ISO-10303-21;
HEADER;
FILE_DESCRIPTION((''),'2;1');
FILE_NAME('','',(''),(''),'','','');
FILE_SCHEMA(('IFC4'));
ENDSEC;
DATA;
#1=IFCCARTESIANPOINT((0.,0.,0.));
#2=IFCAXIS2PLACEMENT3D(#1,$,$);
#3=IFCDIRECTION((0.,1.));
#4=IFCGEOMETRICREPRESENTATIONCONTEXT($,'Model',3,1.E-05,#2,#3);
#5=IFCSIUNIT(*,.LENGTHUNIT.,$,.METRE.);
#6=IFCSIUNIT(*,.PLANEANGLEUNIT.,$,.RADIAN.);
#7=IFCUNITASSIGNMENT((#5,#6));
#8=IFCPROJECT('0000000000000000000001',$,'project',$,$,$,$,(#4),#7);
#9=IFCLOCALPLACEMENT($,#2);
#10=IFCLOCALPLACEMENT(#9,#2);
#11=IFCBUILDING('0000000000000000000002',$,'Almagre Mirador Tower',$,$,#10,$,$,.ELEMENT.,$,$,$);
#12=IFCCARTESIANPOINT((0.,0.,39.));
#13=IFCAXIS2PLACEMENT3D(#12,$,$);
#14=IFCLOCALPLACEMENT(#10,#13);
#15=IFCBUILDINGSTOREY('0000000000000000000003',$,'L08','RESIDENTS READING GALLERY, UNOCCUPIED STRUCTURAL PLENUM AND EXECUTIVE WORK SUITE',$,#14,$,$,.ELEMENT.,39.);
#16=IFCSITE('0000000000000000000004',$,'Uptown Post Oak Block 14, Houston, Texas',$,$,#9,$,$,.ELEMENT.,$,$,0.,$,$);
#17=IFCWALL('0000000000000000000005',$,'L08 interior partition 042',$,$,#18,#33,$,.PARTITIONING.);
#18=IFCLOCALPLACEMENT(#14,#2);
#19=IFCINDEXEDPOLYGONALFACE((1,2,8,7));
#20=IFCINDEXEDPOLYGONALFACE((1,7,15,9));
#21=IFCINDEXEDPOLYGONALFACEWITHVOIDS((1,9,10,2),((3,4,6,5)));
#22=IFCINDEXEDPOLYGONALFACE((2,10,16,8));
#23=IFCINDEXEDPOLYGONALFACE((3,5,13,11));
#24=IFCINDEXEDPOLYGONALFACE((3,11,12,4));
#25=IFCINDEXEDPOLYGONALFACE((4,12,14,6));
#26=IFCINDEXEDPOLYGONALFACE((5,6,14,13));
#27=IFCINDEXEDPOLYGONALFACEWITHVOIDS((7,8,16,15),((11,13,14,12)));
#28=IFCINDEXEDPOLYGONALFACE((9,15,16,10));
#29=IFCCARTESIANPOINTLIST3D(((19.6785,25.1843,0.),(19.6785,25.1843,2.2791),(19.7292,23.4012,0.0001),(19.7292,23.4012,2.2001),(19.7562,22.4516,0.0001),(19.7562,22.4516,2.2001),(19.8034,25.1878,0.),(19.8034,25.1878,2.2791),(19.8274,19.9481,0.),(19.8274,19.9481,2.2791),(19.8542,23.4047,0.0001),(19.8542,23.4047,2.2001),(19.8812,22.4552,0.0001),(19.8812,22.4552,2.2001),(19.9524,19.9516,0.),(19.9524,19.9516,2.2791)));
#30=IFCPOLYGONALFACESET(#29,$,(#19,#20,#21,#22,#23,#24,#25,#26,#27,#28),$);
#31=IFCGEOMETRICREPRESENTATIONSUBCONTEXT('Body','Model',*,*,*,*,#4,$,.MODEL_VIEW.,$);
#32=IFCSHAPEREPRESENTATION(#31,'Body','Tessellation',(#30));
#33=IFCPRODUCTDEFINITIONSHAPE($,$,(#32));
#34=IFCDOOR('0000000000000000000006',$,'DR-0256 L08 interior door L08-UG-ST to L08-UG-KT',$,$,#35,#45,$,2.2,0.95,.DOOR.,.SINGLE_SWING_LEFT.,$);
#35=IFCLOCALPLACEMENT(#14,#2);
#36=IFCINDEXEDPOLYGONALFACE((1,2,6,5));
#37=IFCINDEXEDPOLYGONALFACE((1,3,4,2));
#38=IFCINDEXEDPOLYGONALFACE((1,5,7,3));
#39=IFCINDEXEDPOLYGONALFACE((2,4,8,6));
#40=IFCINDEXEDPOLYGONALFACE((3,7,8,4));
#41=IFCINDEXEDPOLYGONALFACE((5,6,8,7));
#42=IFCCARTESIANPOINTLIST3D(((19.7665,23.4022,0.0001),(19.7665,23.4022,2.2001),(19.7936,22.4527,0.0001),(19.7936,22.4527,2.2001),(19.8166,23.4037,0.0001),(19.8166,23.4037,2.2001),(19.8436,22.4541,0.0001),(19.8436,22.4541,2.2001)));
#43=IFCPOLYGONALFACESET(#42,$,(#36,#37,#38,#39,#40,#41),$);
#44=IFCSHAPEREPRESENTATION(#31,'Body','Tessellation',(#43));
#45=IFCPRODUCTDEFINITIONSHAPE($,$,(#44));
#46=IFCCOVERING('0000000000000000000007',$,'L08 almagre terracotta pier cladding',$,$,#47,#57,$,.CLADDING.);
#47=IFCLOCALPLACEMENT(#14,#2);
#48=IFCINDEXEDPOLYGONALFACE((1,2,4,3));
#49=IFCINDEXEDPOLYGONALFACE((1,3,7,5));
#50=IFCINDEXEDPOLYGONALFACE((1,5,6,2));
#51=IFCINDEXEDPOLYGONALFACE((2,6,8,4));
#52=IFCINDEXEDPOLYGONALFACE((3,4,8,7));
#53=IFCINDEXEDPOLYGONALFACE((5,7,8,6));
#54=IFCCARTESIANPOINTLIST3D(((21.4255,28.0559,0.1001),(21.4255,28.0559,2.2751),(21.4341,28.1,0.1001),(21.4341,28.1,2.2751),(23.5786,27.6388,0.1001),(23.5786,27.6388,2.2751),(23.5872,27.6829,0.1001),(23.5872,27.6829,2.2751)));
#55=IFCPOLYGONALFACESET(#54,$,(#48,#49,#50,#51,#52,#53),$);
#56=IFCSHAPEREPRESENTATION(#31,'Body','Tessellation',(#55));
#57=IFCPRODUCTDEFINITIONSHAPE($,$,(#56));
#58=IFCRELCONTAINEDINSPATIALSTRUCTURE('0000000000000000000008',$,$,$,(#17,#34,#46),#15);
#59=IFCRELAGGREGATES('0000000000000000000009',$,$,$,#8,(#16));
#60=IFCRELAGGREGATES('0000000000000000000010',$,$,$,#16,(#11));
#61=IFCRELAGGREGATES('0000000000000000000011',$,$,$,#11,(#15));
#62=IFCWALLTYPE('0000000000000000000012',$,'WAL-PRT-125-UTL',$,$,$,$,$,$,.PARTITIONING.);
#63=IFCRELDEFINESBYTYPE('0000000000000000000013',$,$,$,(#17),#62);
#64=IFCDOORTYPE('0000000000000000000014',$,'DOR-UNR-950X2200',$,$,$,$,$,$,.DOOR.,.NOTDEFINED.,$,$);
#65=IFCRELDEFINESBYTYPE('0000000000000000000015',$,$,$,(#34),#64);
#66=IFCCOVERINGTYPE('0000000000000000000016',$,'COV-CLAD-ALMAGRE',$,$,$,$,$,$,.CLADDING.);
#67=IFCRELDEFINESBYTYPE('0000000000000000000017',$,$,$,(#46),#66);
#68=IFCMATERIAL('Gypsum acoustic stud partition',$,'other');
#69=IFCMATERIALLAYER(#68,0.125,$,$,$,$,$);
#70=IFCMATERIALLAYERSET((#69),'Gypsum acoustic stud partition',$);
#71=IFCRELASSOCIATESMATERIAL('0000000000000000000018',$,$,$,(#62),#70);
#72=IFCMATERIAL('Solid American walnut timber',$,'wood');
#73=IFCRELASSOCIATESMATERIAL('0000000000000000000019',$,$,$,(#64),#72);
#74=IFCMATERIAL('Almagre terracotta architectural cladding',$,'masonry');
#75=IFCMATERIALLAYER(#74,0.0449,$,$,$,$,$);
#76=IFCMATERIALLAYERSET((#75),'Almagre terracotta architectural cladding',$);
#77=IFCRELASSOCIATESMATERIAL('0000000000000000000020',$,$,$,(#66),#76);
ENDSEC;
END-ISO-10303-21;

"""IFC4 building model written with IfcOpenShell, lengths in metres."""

from ifc_helpers import new_model, si_unit, direction, frame, frame_2d, origin, origin_2d, place, context, subcontext, project, spatial, rectangle, extrude, material, layer, layer_set, type_object, element, fill, save


model = new_model("IFC4")

# Units and contexts
model_context = context("Model", 3, precision=1e-05, world=origin(), true_north=direction((0.0, 1.0)))
body_context = subcontext(model_context, "Body", "Model", "MODEL_VIEW")
ifc_project = project(units=[si_unit("LENGTHUNIT", "METRE"), si_unit("PLANEANGLEUNIT", "RADIAN")], contexts=[model_context])

# Site, building, storey
site_placement = place(None, origin())
site = spatial("IfcSite", under=ifc_project, at=site_placement, Name="Uptown Post Oak Block 14, Houston, Texas", CompositionType="ELEMENT", RefElevation=0.0)
building_placement = place(site_placement, origin())
building = spatial("IfcBuilding", under=site, at=building_placement, Name="Almagre Mirador Tower", CompositionType="ELEMENT")
storey_placement = place(building_placement, frame((0.0, 0.0, 39.0)))
storey = spatial("IfcBuildingStorey", under=building, at=storey_placement, Name="L08", Description="RESIDENTS READING GALLERY, UNOCCUPIED STRUCTURAL PLENUM AND EXECUTIVE WORK SUITE", CompositionType="ELEMENT", Elevation=39.0)

# Wall, opening, door
ifc_material_1 = material(Name="Gypsum acoustic stud partition", Category="other")
ifc_layer_1 = layer(ifc_material_1, 0.125)
ifc_layer_set_1 = layer_set([ifc_layer_1], Name="Gypsum acoustic stud partition")
wall_type_1 = type_object("IfcWallType", Name="WAL-PRT-125-UTL", PredefinedType="PARTITIONING", material=ifc_layer_set_1)
wall_1_placement = place(storey_placement, frame((19.741, 25.186, 0.0), z_axis=(0.0, 0.0, 1.0), x_axis=(0.028431, -0.999596, 0.0)))
wall_1 = element("IfcWall", 1, at=wall_1_placement, inside=storey, type_object=wall_type_1, Name="L08 interior partition 042", PredefinedType="PARTITIONING", context=body_context, shape_type="SweptSolid", body=[
    extrude(rectangle(XDim=5.2383, YDim=0.125, at=frame_2d((2.6191, 0.0))), origin(), (0.0, 0.0, 1.0), 2.2791),
])
opening_1_placement = place(wall_1_placement, frame((1.7837, 0.0, 0.0)))
opening_1 = element("IfcOpeningElement", 2, at=opening_1_placement, cuts=wall_1, PredefinedType="OPENING", context=body_context, shape_type="SweptSolid", body=[
    extrude(rectangle(XDim=0.95, YDim=2.2, at=frame_2d((0.4751, 1.1001))), frame((0.0, 0.0725, 0.0), z_axis=(0.0, -1.0, 0.0), x_axis=(1.0, 0.0, 0.0)), (0.0, 0.0, 1.0), 0.145),
])
ifc_material_2 = material(Name="Solid American walnut timber", Category="wood")
door_type = type_object("IfcDoorType", Name="DOR-UNR-950X2200", OperationType="NOTDEFINED", PredefinedType="DOOR", material=ifc_material_2)
door_placement = place(opening_1_placement, origin())
door = element("IfcDoor", 3, at=door_placement, inside=storey, type_object=door_type, Name="DR-0256 L08 interior door L08-UG-ST to L08-UG-KT", OperationType="SINGLE_SWING_LEFT", OverallHeight=2.2, OverallWidth=0.95, PredefinedType="DOOR", context=body_context, shape_type="SweptSolid", body=[
    extrude(rectangle(XDim=0.95, YDim=2.2, at=frame_2d((0.4751, 1.1001))), frame((0.0, 0.0249, 0.0), z_axis=(0.0, -1.0, 0.0), x_axis=(1.0, 0.0, 0.0)), (0.0, 0.0, 1.0), 0.05),
])
fill(opening_1, door)

# Covering
ifc_material_3 = material(Name="Almagre terracotta architectural cladding", Category="masonry")
ifc_layer_2 = layer(ifc_material_3, 0.0449)
ifc_layer_set_2 = layer_set([ifc_layer_2], Name="Almagre terracotta architectural cladding")
covering_type = type_object("IfcCoveringType", Name="COV-CLAD-ALMAGRE", PredefinedType="CLADDING", material=ifc_layer_set_2)
covering_placement = place(storey_placement, frame((22.5063, 27.8694, 0.1001), z_axis=(0.0, 0.0, 1.0), x_axis=(0.981747, -0.190192, 0.0)))
element("IfcCovering", 4, at=covering_placement, inside=storey, type_object=covering_type, Name="L08 almagre terracotta pier cladding", PredefinedType="CLADDING", context=body_context, shape_type="SweptSolid", body=[
    extrude(rectangle(XDim=2.1931, YDim=0.0449, at=origin_2d()), origin(), (0.0, 0.0, 1.0), 2.175),
])

save(model, "model.ifc")
